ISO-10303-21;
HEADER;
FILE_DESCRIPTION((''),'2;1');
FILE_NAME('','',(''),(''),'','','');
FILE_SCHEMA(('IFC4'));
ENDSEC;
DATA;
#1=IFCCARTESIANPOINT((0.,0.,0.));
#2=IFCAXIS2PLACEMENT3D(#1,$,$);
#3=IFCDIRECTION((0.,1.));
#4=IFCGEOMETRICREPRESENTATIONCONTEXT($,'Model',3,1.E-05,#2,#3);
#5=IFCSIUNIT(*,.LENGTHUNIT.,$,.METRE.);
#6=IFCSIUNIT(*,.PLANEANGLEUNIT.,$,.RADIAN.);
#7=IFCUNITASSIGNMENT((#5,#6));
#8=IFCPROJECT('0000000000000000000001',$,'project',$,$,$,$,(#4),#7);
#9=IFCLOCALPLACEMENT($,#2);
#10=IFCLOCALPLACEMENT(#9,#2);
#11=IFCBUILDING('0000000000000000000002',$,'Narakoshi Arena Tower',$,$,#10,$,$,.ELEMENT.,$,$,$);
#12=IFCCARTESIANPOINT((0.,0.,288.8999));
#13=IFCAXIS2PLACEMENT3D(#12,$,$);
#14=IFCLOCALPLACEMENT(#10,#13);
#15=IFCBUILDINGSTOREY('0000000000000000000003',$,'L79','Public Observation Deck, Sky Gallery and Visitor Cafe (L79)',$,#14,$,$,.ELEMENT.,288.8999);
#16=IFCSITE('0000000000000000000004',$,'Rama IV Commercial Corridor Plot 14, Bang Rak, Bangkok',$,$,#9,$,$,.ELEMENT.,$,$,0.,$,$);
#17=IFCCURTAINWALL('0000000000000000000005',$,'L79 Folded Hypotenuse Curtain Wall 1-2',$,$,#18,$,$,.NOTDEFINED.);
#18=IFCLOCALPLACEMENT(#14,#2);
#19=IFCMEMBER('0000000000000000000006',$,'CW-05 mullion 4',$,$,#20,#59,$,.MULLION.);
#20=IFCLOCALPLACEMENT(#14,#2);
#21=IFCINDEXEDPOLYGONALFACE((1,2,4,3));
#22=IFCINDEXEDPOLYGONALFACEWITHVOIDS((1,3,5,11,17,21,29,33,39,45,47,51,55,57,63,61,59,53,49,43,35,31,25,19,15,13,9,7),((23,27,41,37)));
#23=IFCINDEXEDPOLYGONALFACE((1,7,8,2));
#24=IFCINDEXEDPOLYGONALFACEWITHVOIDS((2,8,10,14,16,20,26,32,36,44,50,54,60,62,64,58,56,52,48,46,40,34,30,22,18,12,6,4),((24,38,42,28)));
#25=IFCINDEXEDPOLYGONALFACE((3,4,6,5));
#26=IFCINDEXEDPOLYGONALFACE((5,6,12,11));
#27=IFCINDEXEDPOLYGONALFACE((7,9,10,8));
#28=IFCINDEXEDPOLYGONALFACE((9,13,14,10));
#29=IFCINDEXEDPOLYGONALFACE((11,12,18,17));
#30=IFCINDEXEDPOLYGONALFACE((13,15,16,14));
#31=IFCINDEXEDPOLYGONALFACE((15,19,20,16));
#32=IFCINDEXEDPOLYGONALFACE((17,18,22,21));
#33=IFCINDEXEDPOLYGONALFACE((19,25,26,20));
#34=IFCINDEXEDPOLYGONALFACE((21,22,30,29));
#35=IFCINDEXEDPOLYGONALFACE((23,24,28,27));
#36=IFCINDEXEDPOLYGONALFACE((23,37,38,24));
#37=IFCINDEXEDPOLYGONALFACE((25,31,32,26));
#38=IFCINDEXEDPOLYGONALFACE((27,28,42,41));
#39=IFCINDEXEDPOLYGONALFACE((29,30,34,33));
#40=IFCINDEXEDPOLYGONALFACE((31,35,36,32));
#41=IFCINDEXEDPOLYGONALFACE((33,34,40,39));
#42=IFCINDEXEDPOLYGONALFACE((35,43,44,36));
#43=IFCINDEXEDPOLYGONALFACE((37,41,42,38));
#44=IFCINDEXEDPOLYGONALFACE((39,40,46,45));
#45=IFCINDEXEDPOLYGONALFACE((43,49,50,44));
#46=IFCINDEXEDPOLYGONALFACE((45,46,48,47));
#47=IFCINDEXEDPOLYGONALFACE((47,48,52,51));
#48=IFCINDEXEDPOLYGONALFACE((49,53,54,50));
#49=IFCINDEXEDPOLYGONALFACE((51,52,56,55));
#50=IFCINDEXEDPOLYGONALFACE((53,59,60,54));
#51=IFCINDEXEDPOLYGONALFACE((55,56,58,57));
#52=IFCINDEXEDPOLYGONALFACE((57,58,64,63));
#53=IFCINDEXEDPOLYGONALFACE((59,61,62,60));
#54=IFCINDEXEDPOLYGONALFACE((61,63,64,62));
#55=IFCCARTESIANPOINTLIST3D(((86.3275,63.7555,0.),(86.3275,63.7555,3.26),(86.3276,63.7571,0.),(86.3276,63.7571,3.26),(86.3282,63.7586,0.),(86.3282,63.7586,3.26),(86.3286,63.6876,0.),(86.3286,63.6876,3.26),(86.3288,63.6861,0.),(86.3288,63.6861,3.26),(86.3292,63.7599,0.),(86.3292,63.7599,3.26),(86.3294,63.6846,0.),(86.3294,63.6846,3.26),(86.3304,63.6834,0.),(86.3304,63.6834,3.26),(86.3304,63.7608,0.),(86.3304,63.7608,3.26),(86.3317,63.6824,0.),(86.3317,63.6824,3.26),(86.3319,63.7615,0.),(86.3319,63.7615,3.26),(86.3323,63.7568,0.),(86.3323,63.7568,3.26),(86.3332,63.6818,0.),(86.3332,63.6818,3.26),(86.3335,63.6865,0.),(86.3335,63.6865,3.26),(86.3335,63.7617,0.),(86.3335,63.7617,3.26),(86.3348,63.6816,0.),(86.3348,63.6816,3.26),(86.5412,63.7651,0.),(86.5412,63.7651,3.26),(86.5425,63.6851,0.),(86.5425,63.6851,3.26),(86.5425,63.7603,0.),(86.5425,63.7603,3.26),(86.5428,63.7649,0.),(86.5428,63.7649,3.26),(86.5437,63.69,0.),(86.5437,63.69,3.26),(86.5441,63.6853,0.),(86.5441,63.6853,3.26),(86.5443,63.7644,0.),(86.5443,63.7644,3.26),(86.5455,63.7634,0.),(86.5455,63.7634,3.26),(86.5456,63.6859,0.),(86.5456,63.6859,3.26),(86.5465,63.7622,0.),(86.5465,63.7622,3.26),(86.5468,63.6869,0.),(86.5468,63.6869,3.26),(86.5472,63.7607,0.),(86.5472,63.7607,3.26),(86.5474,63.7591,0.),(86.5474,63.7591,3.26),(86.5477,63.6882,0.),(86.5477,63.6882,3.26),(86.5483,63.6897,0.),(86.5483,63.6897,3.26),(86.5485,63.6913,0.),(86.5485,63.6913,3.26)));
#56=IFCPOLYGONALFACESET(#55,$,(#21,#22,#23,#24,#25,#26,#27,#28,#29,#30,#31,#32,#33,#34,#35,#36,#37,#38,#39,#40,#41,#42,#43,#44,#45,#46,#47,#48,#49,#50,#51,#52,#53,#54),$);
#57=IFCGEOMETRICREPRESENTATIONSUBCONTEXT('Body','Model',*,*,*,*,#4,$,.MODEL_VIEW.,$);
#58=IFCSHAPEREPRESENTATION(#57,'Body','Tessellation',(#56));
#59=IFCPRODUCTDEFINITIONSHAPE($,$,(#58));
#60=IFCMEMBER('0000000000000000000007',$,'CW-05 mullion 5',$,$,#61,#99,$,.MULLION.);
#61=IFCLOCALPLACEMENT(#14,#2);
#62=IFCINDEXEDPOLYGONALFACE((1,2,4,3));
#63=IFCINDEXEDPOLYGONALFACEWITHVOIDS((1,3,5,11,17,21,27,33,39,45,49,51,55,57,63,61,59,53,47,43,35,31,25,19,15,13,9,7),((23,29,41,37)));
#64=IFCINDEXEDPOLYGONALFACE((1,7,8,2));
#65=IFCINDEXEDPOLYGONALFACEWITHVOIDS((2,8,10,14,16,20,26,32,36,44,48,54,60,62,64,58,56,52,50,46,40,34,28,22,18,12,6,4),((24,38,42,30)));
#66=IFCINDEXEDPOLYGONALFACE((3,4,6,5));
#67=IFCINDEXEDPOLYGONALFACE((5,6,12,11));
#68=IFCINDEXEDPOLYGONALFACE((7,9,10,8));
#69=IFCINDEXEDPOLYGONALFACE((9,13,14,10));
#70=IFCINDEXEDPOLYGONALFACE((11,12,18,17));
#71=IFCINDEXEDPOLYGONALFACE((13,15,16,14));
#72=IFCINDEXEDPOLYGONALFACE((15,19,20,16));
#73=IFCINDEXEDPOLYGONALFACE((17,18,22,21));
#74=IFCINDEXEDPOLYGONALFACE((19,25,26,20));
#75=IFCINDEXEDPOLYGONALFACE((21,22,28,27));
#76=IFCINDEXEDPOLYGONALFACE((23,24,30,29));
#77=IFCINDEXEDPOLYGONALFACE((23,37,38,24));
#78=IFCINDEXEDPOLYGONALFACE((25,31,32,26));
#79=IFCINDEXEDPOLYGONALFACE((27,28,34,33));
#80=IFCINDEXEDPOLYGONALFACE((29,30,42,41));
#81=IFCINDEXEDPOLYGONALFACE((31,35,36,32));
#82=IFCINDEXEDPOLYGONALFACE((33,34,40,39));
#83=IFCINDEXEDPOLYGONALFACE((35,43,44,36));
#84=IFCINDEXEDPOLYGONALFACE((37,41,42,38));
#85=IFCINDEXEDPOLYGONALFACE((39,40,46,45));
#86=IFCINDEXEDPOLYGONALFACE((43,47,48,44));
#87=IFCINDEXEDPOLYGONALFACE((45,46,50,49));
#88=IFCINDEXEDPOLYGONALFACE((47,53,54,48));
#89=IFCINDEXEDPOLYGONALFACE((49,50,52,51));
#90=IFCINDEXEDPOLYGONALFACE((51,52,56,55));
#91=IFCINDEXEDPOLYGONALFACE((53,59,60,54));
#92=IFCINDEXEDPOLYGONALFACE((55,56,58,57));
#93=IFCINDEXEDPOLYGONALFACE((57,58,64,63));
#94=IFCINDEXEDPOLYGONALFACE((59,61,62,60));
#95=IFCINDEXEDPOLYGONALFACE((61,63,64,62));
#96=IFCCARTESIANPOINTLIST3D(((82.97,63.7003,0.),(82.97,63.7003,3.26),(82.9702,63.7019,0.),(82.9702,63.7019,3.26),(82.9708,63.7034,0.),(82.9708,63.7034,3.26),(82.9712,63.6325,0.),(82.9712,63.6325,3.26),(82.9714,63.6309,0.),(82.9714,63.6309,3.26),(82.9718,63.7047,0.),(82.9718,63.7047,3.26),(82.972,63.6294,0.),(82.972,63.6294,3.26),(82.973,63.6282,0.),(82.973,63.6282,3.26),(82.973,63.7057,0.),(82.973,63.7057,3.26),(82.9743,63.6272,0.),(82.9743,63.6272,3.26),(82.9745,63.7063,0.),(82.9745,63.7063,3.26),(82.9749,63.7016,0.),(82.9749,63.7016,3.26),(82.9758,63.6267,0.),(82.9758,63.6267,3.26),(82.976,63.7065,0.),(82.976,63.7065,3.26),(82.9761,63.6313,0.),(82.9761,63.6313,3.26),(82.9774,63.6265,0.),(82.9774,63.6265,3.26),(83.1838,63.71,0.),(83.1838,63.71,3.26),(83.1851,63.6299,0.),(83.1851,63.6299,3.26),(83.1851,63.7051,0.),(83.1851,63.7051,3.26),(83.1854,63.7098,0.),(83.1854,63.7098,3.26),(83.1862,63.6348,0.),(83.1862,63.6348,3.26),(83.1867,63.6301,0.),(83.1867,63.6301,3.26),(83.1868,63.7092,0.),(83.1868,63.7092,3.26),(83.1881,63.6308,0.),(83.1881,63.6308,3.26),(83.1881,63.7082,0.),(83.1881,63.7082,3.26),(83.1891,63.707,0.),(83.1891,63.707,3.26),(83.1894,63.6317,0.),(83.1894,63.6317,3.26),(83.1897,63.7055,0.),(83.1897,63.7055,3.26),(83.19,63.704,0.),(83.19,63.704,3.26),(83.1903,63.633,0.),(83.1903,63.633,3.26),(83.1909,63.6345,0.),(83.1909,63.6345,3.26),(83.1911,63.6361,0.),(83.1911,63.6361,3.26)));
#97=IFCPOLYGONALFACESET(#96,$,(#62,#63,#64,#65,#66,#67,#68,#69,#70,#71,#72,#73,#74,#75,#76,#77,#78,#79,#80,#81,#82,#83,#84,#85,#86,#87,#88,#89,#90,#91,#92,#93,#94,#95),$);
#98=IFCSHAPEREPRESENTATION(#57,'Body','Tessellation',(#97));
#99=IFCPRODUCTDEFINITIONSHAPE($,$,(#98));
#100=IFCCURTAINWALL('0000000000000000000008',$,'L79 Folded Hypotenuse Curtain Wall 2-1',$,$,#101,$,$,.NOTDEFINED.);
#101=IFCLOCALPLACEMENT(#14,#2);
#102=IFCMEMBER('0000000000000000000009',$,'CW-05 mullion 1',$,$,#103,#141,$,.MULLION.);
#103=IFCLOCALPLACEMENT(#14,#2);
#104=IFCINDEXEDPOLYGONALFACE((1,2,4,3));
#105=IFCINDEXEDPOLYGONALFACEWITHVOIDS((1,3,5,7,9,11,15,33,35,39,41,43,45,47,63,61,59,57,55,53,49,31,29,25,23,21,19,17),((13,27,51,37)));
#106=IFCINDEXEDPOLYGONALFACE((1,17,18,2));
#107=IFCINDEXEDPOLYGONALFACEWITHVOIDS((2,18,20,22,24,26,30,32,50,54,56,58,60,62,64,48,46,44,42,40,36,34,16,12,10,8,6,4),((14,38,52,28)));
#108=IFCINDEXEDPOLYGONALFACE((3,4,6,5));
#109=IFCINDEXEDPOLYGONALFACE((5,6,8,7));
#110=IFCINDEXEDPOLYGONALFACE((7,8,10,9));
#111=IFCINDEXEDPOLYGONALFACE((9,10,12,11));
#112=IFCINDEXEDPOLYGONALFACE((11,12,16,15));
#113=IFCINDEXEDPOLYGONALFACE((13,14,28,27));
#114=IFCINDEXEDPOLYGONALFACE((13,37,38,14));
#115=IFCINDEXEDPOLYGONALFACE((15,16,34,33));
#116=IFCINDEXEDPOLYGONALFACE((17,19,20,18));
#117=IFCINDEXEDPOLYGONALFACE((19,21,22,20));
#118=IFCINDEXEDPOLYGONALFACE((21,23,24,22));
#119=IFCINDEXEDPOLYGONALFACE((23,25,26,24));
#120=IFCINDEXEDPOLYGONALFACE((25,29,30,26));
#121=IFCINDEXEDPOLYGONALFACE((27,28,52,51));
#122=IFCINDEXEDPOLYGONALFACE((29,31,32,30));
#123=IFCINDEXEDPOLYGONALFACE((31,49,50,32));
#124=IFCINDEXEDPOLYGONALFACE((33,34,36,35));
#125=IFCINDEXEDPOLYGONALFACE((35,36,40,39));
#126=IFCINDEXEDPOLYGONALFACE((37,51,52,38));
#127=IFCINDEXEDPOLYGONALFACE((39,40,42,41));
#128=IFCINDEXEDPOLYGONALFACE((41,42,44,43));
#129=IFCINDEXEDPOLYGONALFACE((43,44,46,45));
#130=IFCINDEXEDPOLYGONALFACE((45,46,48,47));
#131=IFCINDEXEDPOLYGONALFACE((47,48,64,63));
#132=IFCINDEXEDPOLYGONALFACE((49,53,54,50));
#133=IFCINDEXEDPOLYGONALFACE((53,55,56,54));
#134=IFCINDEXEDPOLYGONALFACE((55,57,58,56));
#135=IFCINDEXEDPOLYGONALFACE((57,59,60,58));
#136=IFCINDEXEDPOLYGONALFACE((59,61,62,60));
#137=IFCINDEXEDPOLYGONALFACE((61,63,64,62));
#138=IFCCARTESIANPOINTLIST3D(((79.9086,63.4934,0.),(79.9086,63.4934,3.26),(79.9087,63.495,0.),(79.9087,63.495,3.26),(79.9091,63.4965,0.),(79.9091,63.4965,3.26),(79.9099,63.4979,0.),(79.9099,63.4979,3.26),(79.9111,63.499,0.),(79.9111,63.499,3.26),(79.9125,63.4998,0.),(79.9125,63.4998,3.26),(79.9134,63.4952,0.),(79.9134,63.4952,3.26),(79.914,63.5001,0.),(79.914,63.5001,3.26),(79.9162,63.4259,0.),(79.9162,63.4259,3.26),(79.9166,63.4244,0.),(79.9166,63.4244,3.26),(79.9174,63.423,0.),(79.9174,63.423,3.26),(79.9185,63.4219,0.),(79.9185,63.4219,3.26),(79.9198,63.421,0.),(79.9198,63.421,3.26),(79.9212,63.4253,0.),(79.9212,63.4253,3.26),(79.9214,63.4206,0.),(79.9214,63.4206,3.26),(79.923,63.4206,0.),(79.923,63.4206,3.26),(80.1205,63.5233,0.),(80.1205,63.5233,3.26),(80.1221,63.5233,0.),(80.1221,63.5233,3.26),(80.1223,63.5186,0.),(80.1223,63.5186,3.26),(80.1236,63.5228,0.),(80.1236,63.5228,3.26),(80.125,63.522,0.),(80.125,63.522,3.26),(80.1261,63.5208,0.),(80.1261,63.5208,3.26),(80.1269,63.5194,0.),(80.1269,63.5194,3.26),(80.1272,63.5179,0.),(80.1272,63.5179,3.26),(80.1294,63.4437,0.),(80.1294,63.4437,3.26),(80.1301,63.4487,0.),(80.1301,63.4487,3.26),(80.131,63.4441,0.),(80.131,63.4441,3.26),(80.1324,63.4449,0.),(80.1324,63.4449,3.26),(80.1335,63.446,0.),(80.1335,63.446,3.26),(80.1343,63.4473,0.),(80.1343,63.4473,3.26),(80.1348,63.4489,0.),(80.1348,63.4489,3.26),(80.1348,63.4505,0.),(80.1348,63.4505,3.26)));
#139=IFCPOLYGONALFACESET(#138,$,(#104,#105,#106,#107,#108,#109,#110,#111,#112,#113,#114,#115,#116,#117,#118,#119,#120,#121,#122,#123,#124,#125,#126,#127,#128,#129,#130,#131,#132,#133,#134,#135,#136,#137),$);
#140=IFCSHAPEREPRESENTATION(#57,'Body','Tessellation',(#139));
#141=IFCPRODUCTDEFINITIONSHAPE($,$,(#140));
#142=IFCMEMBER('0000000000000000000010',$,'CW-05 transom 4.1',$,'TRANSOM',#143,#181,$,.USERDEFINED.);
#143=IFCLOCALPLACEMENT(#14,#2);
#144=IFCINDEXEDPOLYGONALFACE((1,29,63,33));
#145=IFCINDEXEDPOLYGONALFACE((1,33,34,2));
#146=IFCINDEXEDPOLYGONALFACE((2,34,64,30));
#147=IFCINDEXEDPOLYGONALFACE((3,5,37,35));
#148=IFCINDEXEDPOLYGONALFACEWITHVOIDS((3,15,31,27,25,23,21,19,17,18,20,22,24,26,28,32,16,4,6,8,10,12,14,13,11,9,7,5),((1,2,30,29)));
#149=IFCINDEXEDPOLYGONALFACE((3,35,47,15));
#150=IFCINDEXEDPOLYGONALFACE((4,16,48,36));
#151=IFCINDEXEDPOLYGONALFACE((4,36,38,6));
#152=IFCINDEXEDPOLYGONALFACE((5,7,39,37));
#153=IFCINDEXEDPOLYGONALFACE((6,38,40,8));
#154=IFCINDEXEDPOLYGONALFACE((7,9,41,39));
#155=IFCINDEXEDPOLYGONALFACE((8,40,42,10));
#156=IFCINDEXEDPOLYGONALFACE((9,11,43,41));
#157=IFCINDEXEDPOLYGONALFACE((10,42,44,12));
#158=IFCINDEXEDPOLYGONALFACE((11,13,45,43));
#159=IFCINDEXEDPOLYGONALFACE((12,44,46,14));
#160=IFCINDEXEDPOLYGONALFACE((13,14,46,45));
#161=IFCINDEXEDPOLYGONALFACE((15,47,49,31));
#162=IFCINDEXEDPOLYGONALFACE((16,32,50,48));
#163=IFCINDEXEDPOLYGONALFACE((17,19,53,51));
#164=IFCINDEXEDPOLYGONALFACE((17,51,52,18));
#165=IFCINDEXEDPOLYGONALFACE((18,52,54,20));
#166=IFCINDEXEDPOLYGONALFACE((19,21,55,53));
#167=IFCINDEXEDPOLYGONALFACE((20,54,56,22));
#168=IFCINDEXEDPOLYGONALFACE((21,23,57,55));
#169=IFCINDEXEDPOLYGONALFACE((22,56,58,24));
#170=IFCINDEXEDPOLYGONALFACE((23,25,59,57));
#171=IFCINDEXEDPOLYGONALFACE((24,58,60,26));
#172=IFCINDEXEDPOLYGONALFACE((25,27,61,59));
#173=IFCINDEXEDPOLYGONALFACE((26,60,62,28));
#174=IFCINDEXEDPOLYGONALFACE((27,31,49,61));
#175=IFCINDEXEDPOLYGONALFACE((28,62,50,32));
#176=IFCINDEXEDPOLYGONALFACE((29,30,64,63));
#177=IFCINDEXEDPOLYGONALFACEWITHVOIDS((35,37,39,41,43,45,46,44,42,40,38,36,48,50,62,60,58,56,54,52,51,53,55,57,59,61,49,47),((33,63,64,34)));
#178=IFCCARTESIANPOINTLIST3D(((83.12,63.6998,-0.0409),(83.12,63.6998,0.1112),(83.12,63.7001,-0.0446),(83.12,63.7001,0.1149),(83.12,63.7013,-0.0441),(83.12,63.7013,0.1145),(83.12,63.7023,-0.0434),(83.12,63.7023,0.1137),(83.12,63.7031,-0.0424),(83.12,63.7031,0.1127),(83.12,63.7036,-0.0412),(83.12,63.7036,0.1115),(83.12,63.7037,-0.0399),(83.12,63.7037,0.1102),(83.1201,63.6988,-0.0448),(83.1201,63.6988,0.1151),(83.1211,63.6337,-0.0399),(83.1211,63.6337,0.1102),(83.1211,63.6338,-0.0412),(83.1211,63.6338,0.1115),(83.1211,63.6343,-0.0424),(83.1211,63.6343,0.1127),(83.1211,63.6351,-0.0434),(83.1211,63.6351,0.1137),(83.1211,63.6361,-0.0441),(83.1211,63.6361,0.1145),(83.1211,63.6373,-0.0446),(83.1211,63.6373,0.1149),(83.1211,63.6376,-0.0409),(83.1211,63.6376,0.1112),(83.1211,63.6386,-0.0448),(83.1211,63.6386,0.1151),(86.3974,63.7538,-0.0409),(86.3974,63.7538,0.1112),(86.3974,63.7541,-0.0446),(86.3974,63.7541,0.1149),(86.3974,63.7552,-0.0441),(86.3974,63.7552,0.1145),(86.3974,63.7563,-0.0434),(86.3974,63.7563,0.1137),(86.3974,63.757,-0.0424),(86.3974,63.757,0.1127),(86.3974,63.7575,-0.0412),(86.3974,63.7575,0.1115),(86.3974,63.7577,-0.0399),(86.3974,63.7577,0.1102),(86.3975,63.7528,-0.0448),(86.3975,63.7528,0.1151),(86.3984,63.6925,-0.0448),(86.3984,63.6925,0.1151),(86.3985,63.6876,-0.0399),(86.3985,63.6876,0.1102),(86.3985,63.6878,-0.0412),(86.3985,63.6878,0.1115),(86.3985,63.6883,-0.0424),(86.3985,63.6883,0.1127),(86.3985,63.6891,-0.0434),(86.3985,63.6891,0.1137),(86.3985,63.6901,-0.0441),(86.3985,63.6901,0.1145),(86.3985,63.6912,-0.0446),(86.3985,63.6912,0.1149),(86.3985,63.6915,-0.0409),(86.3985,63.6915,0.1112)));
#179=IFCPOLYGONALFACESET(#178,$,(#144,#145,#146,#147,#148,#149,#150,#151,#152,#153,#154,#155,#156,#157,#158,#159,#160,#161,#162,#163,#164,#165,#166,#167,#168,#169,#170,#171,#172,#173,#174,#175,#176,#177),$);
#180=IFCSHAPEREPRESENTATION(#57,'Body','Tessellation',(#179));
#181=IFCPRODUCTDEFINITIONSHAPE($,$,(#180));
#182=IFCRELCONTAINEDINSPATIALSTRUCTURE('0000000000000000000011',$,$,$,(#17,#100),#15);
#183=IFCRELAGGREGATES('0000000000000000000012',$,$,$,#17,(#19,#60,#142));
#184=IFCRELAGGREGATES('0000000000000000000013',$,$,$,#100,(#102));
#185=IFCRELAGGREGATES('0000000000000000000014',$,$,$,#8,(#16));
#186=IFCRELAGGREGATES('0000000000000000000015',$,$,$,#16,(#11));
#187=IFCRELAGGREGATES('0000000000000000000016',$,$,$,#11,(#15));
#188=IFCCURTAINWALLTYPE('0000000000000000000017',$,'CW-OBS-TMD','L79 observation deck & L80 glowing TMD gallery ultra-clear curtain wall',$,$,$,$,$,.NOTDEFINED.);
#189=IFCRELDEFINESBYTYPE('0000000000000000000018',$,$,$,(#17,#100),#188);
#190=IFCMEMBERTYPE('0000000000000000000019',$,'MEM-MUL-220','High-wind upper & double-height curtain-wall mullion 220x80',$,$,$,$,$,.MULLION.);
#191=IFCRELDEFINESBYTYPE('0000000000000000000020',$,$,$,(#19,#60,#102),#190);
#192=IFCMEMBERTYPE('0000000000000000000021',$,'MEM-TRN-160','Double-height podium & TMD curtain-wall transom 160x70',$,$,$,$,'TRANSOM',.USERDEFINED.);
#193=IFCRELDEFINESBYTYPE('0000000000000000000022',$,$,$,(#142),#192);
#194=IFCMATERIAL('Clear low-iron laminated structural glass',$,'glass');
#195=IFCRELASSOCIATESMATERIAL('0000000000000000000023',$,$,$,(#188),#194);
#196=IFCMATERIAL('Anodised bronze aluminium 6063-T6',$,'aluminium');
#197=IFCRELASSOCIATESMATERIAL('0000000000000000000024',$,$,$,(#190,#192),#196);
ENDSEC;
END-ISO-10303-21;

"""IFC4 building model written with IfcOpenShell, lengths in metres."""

from ifc_helpers import new_model, si_unit, direction, frame, origin, origin_2d, place, context, subcontext, project, spatial, hollow_rectangle, extrude, material, material_profile, profile_set, type_object, element, aggregate, save


model = new_model("IFC4")

# Units and contexts
model_context = context("Model", 3, precision=1e-05, world=origin(), true_north=direction((0.0, 1.0)))
body_context = subcontext(model_context, "Body", "Model", "MODEL_VIEW")
ifc_project = project(units=[si_unit("LENGTHUNIT", "METRE"), si_unit("PLANEANGLEUNIT", "RADIAN")], contexts=[model_context])

# Site, building, storey
site_placement = place(None, origin())
site = spatial("IfcSite", under=ifc_project, at=site_placement, Name="Rama IV Commercial Corridor Plot 14, Bang Rak, Bangkok", CompositionType="ELEMENT", RefElevation=0.0)
building_placement = place(site_placement, origin())
building = spatial("IfcBuilding", under=site, at=building_placement, Name="Narakoshi Arena Tower", CompositionType="ELEMENT")
storey_placement = place(building_placement, frame((0.0, 0.0, 288.8999)))
storey = spatial("IfcBuildingStorey", under=building, at=storey_placement, Name="L79", Description="Public Observation Deck, Sky Gallery and Visitor Cafe (L79)", CompositionType="ELEMENT", Elevation=288.8999)

# Curtain wall, members
ifc_material_1 = material(Name="Clear low-iron laminated structural glass", Category="glass")
curtain_wall_type = type_object("IfcCurtainWallType", Name="CW-OBS-TMD", Description="L79 observation deck & L80 glowing TMD gallery ultra-clear curtain wall", PredefinedType="NOTDEFINED", material=ifc_material_1)
curtain_wall_1_placement = place(storey_placement, origin())
curtain_wall_1 = element("IfcCurtainWall", 1, at=curtain_wall_1_placement, inside=storey, type_object=curtain_wall_type, Name="L79 Folded Hypotenuse Curtain Wall 1-2", PredefinedType="NOTDEFINED")
ifc_material_2 = material(Name="Anodised bronze aluminium 6063-T6", Category="aluminium")
ifc_material_profile_1 = material_profile(ifc_material_2, hollow_rectangle(XDim=0.0801, YDim=0.22, WallThickness=0.0049, OuterFilletRadius=0.0061, at=origin_2d()), Name="MUL220x80x5")
ifc_profile_set_1 = profile_set([ifc_material_profile_1], Name="Anodised bronze aluminium 6063-T6")
member_type_1 = type_object("IfcMemberType", Name="MEM-MUL-220", Description="High-wind upper & double-height curtain-wall mullion 220x80", PredefinedType="MULLION", material=ifc_profile_set_1)
member_1_placement = place(storey_placement, frame((86.438, 63.7234, 0.0), z_axis=(0.0, 0.0, 1.0), x_axis=(0.016437, -0.999865, 0.0)))
member_1 = element("IfcMember", 2, at=member_1_placement, type_object=member_type_1, Name="CW-05 mullion 4", PredefinedType="MULLION", context=body_context, shape_type="SweptSolid", body=[
    extrude(hollow_rectangle(XDim=0.0801, YDim=0.22, WallThickness=0.0049, OuterFilletRadius=0.0061, at=origin_2d()), origin(), (0.0, 0.0, 1.0), 3.26),
])
member_2_placement = place(storey_placement, frame((83.0806, 63.6682, 0.0), z_axis=(0.0, 0.0, 1.0), x_axis=(0.016437, -0.999865, 0.0)))
member_2 = element("IfcMember", 3, at=member_2_placement, type_object=member_type_1, Name="CW-05 mullion 5", PredefinedType="MULLION", context=body_context, shape_type="SweptSolid", body=[
    extrude(hollow_rectangle(XDim=0.0801, YDim=0.22, WallThickness=0.0049, OuterFilletRadius=0.0061, at=origin_2d()), origin(), (0.0, 0.0, 1.0), 3.26),
])

# Curtain wall, member
curtain_wall_2_placement = place(storey_placement, origin())
curtain_wall_2 = element("IfcCurtainWall", 4, at=curtain_wall_2_placement, inside=storey, type_object=curtain_wall_type, Name="L79 Folded Hypotenuse Curtain Wall 2-1", PredefinedType="NOTDEFINED")
member_3_placement = place(storey_placement, frame((80.0217, 63.4719, 0.0), z_axis=(0.0, 0.0, 1.0), x_axis=(0.111397, -0.993776, 0.0)))
member_3 = element("IfcMember", 5, at=member_3_placement, type_object=member_type_1, Name="CW-05 mullion 1", PredefinedType="MULLION", context=body_context, shape_type="SweptSolid", body=[
    extrude(hollow_rectangle(XDim=0.0801, YDim=0.22, WallThickness=0.0049, OuterFilletRadius=0.0061, at=origin_2d()), origin(), (0.0, 0.0, 1.0), 3.26),
])

# Member
ifc_material_profile_2 = material_profile(ifc_material_2, hollow_rectangle(XDim=0.0701, YDim=0.1599, WallThickness=0.0039, OuterFilletRadius=0.0049, at=origin_2d()), Name="TRN160x70x4")
ifc_profile_set_2 = profile_set([ifc_material_profile_2], Name="Anodised bronze aluminium 6063-T6")
member_type_2 = type_object("IfcMemberType", Name="MEM-TRN-160", Description="Double-height podium & TMD curtain-wall transom 160x70", ElementType="TRANSOM", PredefinedType="USERDEFINED", material=ifc_profile_set_2)
member_4_placement = place(storey_placement, frame((86.3979, 63.7227, 0.0352), z_axis=(-0.999865, -0.016461, 0.0), x_axis=(0.016461, -0.999865, 0.0)))
member_4 = element("IfcMember", 6, at=member_4_placement, type_object=member_type_2, Name="CW-05 transom 4.1", ObjectType="TRANSOM", PredefinedType="USERDEFINED", context=body_context, shape_type="SweptSolid", body=[
    extrude(hollow_rectangle(XDim=0.0701, YDim=0.1599, WallThickness=0.0039, OuterFilletRadius=0.0049, at=origin_2d()), origin(), (0.0, 0.0, 1.0), 3.2778),
])

aggregate(curtain_wall_1, [member_1, member_2, member_4])
aggregate(curtain_wall_2, [member_3])

save(model, "model.ifc")
